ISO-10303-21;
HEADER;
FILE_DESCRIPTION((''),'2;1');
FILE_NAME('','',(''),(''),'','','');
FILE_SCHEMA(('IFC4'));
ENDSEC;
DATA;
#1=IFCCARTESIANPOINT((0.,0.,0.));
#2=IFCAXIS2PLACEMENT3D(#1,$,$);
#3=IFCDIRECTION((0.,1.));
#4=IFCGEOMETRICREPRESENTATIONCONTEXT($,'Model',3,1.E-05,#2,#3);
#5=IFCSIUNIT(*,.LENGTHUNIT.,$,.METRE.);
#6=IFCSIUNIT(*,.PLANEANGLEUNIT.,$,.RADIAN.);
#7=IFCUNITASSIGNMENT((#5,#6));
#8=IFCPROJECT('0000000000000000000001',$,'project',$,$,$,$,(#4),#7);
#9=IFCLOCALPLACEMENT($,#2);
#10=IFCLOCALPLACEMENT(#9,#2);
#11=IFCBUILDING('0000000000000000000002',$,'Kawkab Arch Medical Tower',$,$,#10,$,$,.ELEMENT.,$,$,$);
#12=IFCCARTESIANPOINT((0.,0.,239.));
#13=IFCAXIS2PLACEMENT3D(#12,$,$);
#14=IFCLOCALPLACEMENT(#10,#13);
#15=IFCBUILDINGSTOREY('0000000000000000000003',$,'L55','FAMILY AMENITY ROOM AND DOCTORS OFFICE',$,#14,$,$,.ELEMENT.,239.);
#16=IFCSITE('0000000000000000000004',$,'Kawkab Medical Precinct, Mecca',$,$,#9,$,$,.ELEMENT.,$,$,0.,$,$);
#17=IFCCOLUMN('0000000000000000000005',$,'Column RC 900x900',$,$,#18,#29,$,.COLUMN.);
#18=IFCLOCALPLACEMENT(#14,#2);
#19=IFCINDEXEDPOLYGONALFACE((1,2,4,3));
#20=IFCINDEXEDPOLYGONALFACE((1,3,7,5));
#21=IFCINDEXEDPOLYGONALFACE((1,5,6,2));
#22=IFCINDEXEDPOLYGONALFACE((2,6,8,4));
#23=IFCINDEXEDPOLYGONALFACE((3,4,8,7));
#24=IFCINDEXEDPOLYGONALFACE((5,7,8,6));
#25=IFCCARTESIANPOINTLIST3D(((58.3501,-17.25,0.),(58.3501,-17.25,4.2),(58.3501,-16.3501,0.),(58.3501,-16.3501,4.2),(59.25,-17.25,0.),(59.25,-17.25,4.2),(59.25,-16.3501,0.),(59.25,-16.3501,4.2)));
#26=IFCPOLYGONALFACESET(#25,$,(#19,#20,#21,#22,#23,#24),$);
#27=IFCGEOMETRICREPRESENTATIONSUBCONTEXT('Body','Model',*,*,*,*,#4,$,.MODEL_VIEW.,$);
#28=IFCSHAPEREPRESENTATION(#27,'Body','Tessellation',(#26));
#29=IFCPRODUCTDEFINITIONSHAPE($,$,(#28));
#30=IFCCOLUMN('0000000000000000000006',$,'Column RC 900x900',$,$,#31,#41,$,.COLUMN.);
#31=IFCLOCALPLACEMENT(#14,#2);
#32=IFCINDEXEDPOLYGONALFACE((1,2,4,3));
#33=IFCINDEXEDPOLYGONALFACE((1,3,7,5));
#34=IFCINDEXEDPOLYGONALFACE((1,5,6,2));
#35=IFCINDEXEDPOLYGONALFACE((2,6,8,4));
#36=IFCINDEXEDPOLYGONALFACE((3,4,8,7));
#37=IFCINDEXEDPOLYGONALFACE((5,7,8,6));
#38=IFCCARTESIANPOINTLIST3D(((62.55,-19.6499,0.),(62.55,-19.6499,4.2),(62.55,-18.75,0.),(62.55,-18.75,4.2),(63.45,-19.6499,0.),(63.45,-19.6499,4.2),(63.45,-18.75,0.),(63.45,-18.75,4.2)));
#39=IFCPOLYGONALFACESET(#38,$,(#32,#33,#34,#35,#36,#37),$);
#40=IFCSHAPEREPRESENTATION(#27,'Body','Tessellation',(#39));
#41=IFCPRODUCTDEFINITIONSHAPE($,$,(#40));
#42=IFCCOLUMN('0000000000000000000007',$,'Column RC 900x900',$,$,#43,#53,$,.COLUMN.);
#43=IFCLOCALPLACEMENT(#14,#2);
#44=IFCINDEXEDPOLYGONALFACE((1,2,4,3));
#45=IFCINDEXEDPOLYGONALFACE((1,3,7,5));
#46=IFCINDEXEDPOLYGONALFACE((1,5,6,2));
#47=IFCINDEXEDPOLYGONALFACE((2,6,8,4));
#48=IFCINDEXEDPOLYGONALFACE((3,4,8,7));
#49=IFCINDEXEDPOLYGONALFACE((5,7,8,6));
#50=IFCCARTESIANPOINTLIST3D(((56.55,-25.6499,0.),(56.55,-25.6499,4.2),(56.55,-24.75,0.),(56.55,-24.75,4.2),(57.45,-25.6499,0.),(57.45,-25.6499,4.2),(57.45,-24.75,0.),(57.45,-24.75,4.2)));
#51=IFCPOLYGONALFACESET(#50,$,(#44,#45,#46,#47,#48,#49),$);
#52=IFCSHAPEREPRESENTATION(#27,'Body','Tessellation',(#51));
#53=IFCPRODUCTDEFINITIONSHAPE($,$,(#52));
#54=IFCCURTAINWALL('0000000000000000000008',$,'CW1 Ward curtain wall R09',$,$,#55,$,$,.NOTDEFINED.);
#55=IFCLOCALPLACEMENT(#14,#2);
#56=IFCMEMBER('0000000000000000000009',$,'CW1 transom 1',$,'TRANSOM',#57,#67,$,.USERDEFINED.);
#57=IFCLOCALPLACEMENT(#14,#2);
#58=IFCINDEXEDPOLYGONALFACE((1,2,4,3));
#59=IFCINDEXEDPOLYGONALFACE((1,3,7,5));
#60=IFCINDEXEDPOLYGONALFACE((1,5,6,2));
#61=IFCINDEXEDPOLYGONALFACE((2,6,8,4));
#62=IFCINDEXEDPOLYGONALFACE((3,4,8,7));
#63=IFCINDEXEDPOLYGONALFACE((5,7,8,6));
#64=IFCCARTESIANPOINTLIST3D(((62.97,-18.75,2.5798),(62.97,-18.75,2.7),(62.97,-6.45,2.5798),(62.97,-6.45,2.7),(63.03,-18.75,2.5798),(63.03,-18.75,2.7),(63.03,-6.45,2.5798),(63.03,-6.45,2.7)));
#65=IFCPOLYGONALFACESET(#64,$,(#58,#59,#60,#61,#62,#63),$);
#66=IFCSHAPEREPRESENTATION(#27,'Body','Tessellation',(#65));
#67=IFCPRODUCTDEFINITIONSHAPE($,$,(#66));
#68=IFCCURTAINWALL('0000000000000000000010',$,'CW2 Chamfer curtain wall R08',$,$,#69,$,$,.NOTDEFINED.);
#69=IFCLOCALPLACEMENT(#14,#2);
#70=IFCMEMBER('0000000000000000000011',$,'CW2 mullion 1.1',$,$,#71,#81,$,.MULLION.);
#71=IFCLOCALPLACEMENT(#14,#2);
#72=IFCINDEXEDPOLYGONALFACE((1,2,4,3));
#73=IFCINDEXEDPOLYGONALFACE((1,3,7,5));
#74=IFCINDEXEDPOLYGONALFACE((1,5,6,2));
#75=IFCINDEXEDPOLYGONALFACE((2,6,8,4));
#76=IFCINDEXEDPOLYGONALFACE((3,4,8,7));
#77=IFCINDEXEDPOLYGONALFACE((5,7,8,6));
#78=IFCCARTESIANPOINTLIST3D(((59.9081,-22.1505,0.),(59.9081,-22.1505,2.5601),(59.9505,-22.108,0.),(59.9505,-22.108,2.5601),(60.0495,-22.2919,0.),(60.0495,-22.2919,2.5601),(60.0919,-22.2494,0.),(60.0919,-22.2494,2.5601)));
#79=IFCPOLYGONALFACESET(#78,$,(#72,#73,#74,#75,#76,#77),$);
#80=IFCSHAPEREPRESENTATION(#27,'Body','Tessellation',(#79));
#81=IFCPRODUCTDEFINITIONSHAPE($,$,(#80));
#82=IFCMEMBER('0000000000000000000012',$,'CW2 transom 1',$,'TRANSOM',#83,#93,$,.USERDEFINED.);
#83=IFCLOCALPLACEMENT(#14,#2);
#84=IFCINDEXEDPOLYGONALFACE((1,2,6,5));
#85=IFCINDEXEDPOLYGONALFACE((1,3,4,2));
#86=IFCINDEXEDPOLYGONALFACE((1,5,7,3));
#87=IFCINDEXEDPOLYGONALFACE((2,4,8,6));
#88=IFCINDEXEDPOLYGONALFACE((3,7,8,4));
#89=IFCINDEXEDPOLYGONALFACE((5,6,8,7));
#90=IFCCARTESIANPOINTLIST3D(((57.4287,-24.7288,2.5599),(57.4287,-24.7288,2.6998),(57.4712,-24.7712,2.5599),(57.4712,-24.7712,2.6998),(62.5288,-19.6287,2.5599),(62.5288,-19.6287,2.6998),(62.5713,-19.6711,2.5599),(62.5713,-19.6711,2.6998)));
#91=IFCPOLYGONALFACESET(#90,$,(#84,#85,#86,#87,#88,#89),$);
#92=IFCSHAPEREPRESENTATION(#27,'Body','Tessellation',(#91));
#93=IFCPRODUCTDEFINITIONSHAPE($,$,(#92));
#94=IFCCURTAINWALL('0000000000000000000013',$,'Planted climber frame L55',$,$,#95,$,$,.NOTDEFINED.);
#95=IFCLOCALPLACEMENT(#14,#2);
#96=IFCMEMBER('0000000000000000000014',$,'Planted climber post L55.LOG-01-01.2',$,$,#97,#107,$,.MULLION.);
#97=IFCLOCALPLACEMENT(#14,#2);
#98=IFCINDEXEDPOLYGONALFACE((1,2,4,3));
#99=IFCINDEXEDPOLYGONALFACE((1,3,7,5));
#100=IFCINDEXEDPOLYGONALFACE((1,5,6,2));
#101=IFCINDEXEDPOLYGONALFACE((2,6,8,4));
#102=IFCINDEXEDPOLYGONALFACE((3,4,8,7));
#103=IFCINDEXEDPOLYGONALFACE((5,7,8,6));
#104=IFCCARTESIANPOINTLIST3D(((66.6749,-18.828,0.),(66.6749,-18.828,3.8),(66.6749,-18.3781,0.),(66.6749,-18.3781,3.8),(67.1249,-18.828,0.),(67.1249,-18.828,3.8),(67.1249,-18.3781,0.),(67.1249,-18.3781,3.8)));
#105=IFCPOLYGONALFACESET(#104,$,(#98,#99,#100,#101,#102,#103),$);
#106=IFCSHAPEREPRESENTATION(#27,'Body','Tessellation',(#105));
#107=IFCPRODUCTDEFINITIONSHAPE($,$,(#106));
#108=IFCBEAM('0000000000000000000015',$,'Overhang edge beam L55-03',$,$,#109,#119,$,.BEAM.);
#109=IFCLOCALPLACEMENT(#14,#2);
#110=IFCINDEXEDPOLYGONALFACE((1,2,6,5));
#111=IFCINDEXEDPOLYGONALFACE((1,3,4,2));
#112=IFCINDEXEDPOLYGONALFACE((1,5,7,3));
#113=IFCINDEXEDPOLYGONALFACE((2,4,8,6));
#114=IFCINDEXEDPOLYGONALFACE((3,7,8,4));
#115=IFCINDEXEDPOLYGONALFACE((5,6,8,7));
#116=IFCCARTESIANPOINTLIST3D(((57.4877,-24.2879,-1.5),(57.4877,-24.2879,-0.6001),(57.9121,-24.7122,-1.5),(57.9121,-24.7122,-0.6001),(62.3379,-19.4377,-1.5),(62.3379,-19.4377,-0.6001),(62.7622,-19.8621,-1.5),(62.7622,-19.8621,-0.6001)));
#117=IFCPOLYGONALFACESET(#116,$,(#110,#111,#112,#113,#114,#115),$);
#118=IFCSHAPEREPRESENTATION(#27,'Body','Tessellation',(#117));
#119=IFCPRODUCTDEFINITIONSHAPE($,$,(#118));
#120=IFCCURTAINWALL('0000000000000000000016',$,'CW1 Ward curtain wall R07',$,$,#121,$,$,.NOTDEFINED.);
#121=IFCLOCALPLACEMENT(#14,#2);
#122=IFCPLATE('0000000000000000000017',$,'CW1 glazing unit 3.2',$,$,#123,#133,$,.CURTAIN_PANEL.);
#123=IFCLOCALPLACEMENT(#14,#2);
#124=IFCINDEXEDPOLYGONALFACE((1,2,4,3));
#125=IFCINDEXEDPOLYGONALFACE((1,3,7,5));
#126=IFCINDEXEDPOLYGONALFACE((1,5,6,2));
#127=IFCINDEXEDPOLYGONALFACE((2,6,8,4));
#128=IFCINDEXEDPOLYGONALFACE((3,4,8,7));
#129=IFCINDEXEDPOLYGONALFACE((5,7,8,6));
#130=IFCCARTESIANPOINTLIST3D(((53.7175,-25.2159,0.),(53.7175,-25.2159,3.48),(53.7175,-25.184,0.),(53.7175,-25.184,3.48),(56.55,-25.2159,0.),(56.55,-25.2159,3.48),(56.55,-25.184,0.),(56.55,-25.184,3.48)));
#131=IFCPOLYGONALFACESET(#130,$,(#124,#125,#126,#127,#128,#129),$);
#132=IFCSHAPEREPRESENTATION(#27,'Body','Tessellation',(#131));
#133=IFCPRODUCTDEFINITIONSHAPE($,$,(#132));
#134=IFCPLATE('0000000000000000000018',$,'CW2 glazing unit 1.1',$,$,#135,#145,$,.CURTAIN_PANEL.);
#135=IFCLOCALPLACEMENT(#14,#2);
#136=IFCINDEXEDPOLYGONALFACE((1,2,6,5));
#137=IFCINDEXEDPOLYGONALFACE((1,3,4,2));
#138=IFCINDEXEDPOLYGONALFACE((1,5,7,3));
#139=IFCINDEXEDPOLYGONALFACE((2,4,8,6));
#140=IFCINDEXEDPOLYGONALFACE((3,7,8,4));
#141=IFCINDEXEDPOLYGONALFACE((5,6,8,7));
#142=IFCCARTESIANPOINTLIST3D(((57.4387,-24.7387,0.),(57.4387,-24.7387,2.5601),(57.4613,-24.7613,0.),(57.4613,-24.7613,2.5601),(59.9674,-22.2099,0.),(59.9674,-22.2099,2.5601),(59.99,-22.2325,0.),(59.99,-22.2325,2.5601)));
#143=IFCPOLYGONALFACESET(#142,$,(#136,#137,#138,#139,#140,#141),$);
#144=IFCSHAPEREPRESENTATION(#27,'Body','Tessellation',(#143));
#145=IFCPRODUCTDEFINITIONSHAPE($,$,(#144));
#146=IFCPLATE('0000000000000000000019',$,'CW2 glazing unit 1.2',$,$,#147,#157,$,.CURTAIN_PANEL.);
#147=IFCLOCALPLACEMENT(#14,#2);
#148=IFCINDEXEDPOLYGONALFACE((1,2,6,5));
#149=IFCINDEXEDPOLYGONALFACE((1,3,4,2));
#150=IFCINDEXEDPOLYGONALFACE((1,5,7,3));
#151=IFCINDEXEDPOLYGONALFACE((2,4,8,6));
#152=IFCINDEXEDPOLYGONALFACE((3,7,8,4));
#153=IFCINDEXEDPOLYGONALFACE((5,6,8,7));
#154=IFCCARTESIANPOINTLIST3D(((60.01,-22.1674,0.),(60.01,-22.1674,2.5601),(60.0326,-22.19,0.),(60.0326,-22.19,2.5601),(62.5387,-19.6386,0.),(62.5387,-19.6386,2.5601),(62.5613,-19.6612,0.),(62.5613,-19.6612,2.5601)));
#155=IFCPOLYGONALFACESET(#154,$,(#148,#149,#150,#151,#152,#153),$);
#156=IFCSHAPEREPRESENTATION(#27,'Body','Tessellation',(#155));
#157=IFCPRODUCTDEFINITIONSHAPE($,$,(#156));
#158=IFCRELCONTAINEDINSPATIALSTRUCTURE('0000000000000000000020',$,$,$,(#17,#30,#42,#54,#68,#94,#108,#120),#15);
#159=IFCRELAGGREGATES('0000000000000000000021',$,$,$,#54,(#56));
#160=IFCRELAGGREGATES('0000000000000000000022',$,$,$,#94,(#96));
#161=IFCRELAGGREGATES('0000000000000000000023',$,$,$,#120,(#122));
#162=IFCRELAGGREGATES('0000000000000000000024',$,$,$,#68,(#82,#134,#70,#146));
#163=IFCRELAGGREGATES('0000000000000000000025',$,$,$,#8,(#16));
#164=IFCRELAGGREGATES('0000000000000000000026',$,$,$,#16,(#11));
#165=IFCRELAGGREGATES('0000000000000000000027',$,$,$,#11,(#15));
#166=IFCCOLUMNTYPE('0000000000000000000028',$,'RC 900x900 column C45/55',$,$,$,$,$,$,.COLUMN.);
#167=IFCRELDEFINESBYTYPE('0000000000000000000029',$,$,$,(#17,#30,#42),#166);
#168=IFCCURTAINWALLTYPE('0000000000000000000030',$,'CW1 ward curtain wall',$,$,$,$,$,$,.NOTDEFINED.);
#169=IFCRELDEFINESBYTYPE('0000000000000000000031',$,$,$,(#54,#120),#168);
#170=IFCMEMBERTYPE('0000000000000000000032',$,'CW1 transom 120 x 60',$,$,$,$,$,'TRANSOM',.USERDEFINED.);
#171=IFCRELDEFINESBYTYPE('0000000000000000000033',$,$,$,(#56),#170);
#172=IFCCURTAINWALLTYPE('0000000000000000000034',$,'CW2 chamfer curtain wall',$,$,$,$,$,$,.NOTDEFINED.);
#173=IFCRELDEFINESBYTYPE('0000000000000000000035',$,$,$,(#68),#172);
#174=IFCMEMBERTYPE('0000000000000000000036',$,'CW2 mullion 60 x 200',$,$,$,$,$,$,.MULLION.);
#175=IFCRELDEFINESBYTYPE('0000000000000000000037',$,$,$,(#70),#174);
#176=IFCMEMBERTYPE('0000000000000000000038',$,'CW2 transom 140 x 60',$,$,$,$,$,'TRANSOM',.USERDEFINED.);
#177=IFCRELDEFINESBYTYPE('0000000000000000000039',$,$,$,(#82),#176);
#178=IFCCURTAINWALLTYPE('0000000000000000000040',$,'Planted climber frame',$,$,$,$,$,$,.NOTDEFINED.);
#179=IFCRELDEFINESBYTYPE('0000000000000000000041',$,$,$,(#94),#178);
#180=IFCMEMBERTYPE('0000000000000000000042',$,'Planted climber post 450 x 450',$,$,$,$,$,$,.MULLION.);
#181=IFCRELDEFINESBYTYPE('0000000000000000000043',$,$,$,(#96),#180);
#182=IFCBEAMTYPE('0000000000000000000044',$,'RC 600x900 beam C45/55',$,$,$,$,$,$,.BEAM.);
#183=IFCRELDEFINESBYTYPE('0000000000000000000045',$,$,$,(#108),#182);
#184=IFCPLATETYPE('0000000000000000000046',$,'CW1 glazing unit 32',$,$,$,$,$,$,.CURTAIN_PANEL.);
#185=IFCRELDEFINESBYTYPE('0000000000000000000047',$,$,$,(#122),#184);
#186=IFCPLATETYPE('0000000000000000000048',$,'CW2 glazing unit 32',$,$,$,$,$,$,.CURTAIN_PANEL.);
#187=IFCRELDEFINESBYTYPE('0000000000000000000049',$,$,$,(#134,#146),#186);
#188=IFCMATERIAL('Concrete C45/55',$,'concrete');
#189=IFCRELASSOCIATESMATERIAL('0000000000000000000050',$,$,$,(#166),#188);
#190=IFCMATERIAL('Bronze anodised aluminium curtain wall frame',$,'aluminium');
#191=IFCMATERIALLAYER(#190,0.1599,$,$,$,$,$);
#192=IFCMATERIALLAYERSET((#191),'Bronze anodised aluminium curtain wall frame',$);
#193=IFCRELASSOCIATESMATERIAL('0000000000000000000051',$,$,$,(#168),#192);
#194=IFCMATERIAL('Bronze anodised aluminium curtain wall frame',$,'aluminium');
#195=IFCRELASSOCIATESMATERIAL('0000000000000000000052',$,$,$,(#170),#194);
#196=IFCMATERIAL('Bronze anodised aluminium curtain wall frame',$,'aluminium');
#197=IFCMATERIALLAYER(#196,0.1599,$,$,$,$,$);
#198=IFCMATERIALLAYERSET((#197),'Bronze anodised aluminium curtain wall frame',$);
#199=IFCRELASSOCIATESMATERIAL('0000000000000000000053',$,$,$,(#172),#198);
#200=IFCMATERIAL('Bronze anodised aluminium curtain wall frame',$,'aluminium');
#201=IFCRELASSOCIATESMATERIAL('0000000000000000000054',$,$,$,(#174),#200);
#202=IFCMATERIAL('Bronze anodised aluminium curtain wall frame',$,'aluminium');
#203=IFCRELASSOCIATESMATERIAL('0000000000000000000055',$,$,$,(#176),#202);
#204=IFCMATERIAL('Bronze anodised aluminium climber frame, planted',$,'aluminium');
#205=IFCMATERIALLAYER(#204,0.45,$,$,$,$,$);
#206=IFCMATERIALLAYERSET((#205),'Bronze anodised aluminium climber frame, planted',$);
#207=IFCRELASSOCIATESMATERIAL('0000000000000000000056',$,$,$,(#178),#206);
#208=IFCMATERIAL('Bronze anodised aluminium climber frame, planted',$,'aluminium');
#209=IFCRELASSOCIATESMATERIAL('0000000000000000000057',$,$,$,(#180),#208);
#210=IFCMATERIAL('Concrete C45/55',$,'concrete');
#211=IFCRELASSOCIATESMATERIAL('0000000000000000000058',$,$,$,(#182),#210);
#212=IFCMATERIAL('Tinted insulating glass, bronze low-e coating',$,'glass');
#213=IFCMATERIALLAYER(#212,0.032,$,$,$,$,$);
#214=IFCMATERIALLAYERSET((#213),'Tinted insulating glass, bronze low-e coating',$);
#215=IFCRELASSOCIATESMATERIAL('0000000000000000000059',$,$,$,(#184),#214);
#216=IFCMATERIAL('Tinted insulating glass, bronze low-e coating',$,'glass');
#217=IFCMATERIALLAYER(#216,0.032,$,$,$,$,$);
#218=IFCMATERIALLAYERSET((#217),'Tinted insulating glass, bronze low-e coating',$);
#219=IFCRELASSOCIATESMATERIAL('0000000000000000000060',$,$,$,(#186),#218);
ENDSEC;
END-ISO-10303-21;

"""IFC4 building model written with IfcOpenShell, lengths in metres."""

from ifc_helpers import new_model, si_unit, direction, frame, origin, origin_2d, place, context, subcontext, project, spatial, rectangle, extrude, material, layer, layer_set, material_profile, profile_set, type_object, element, aggregate, save


model = new_model("IFC4")

# Units and contexts
model_context = context("Model", 3, precision=1e-05, world=origin(), true_north=direction((0.0, 1.0)))
body_context = subcontext(model_context, "Body", "Model", "MODEL_VIEW")
ifc_project = project(units=[si_unit("LENGTHUNIT", "METRE"), si_unit("PLANEANGLEUNIT", "RADIAN")], contexts=[model_context])

# Site, building, storey
site_placement = place(None, origin())
site = spatial("IfcSite", under=ifc_project, at=site_placement, Name="Kawkab Medical Precinct, Mecca", CompositionType="ELEMENT", RefElevation=0.0)
building_placement = place(site_placement, origin())
building = spatial("IfcBuilding", under=site, at=building_placement, Name="Kawkab Arch Medical Tower", CompositionType="ELEMENT")
storey_placement = place(building_placement, frame((0.0, 0.0, 239.0)))
storey = spatial("IfcBuildingStorey", under=building, at=storey_placement, Name="L55", Description="FAMILY AMENITY ROOM AND DOCTORS OFFICE", CompositionType="ELEMENT", Elevation=239.0)

# Columns
ifc_material_1 = material(Name="Concrete C45/55", Category="concrete")
ifc_material_profile_1 = material_profile(ifc_material_1, rectangle(XDim=0.8999, YDim=0.8999, at=origin_2d()), Name="RC 900x900")
ifc_profile_set_1 = profile_set([ifc_material_profile_1], Name="Concrete C45/55")
column_type = type_object("IfcColumnType", Name="RC 900x900 column C45/55", PredefinedType="COLUMN", material=ifc_profile_set_1)
for number, where, z_axis, x_axis, name in (
    (1, (58.8, -16.8, 0.0), (0.0, 0.0, 1.0), (1.0, 0.0, 0.0), "Column RC 900x900"),
    (2, (63.0, -19.2, 0.0), (0.0, 0.0, 1.0), (1.0, 0.0, 0.0), "Column RC 900x900"),
    (3, (57.0, -25.2, 0.0), (0.0, 0.0, 1.0), (1.0, 0.0, 0.0), "Column RC 900x900"),
):
    element("IfcColumn", number, at=place(storey_placement, frame(where, z_axis=z_axis, x_axis=x_axis)), inside=storey, type_object=column_type, Name=name, PredefinedType="COLUMN", context=body_context, shape_type="SweptSolid", body=[
        extrude(rectangle(XDim=0.8999, YDim=0.8999, at=origin_2d()), origin(), (0.0, 0.0, 1.0), 4.2),
    ])

# Curtain wall, member
ifc_material_2 = material(Name="Bronze anodised aluminium curtain wall frame", Category="aluminium")
ifc_layer_1 = layer(ifc_material_2, 0.1599)
ifc_layer_set_1 = layer_set([ifc_layer_1], Name="Bronze anodised aluminium curtain wall frame")
curtain_wall_type_1 = type_object("IfcCurtainWallType", Name="CW1 ward curtain wall", PredefinedType="NOTDEFINED", material=ifc_layer_set_1)
placement = place(storey_placement, origin())
curtain_wall_1 = element("IfcCurtainWall", 4, at=placement, inside=storey, type_object=curtain_wall_type_1, Name="CW1 Ward curtain wall R09", PredefinedType="NOTDEFINED")
ifc_material_3 = material(Name="Bronze anodised aluminium curtain wall frame", Category="aluminium")
ifc_material_profile_2 = material_profile(ifc_material_3, rectangle(XDim=0.0601, YDim=0.1201, at=origin_2d()), Name="AL 60x120")
ifc_profile_set_2 = profile_set([ifc_material_profile_2], Name="Bronze anodised aluminium curtain wall frame")
member_type_1 = type_object("IfcMemberType", Name="CW1 transom 120 x 60", ElementType="TRANSOM", PredefinedType="USERDEFINED", material=ifc_profile_set_2)
member_1_placement = place(storey_placement, frame((63.0, -18.75, 2.6399), z_axis=(0.0, 1.0, 0.0), x_axis=(-1.0, 0.0, 0.0)))
member_1 = element("IfcMember", 5, at=member_1_placement, type_object=member_type_1, Name="CW1 transom 1", ObjectType="TRANSOM", PredefinedType="USERDEFINED", context=body_context, shape_type="SweptSolid", body=[
    extrude(rectangle(XDim=0.0601, YDim=0.1201, at=origin_2d()), origin(), (0.0, 0.0, 1.0), 12.3),
])
aggregate(curtain_wall_1, [member_1])

# Curtain wall, members
ifc_material_4 = material(Name="Bronze anodised aluminium curtain wall frame", Category="aluminium")
ifc_layer_2 = layer(ifc_material_4, 0.1599)
ifc_layer_set_2 = layer_set([ifc_layer_2], Name="Bronze anodised aluminium curtain wall frame")
curtain_wall_type_2 = type_object("IfcCurtainWallType", Name="CW2 chamfer curtain wall", PredefinedType="NOTDEFINED", material=ifc_layer_set_2)
curtain_wall_2 = element("IfcCurtainWall", 6, at=placement, inside=storey, type_object=curtain_wall_type_2, Name="CW2 Chamfer curtain wall R08", PredefinedType="NOTDEFINED")
ifc_material_5 = material(Name="Bronze anodised aluminium curtain wall frame", Category="aluminium")
ifc_material_profile_3 = material_profile(ifc_material_5, rectangle(XDim=0.2, YDim=0.0601, at=origin_2d()), Name="AL 60x200")
ifc_profile_set_3 = profile_set([ifc_material_profile_3], Name="Bronze anodised aluminium curtain wall frame")
member_type_2 = type_object("IfcMemberType", Name="CW2 mullion 60 x 200", PredefinedType="MULLION", material=ifc_profile_set_3)
member_2_placement = place(storey_placement, frame((60.0, -22.2, 0.0), z_axis=(0.0, 0.0, 1.0), x_axis=(-0.707107, 0.707107, 0.0)))
member_2 = element("IfcMember", 7, at=member_2_placement, type_object=member_type_2, Name="CW2 mullion 1.1", PredefinedType="MULLION", context=body_context, shape_type="SweptSolid", body=[
    extrude(rectangle(XDim=0.2, YDim=0.0601, at=origin_2d()), origin(), (0.0, 0.0, 1.0), 2.5601),
])
ifc_material_6 = material(Name="Bronze anodised aluminium curtain wall frame", Category="aluminium")
ifc_material_profile_4 = material_profile(ifc_material_6, rectangle(XDim=0.0601, YDim=0.1399, at=origin_2d()), Name="AL 60x140")
ifc_profile_set_4 = profile_set([ifc_material_profile_4], Name="Bronze anodised aluminium curtain wall frame")
member_type_3 = type_object("IfcMemberType", Name="CW2 transom 140 x 60", ElementType="TRANSOM", PredefinedType="USERDEFINED", material=ifc_profile_set_4)
member_3_placement = place(storey_placement, frame((57.45, -24.75, 2.6299), z_axis=(0.707107, 0.707107, 0.0), x_axis=(-0.707107, 0.707107, 0.0)))
member_3 = element("IfcMember", 8, at=member_3_placement, type_object=member_type_3, Name="CW2 transom 1", ObjectType="TRANSOM", PredefinedType="USERDEFINED", context=body_context, shape_type="SweptSolid", body=[
    extrude(rectangle(XDim=0.0601, YDim=0.1399, at=origin_2d()), origin(), (0.0, 0.0, 1.0), 7.2126),
])

# Curtain wall, member
ifc_material_7 = material(Name="Bronze anodised aluminium climber frame, planted", Category="aluminium")
ifc_layer_3 = layer(ifc_material_7, 0.45)
ifc_layer_set_3 = layer_set([ifc_layer_3], Name="Bronze anodised aluminium climber frame, planted")
curtain_wall_type_3 = type_object("IfcCurtainWallType", Name="Planted climber frame", PredefinedType="NOTDEFINED", material=ifc_layer_set_3)
curtain_wall_3 = element("IfcCurtainWall", 9, at=placement, inside=storey, type_object=curtain_wall_type_3, Name="Planted climber frame L55", PredefinedType="NOTDEFINED")
ifc_material_8 = material(Name="Bronze anodised aluminium climber frame, planted", Category="aluminium")
ifc_material_profile_5 = material_profile(ifc_material_8, rectangle(XDim=0.45, YDim=0.45, at=origin_2d()), Name="Post 450x450")
ifc_profile_set_5 = profile_set([ifc_material_profile_5], Name="Bronze anodised aluminium climber frame, planted")
member_type_4 = type_object("IfcMemberType", Name="Planted climber post 450 x 450", PredefinedType="MULLION", material=ifc_profile_set_5)
member_4_placement = place(storey_placement, frame((66.8999, -18.603, 0.0), z_axis=(0.0, 0.0, 1.0), x_axis=(1.0, 0.0, 0.0)))
member_4 = element("IfcMember", 10, at=member_4_placement, type_object=member_type_4, Name="Planted climber post L55.LOG-01-01.2", PredefinedType="MULLION", context=body_context, shape_type="SweptSolid", body=[
    extrude(rectangle(XDim=0.45, YDim=0.45, at=origin_2d()), origin(), (0.0, 0.0, 1.0), 3.8),
])
aggregate(curtain_wall_3, [member_4])

# Beam
ifc_material_9 = material(Name="Concrete C45/55", Category="concrete")
ifc_material_profile_6 = material_profile(ifc_material_9, rectangle(XDim=0.6001, YDim=0.8999, at=origin_2d()), Name="RC 600x900")
ifc_profile_set_6 = profile_set([ifc_material_profile_6], Name="Concrete C45/55")
beam_type = type_object("IfcBeamType", Name="RC 600x900 beam C45/55", PredefinedType="BEAM", material=ifc_profile_set_6)
beam_placement = place(storey_placement, frame((62.55, -19.6499, -1.05), z_axis=(-0.707107, -0.707107, 0.0), x_axis=(0.707107, -0.707107, 0.0)))
element("IfcBeam", 11, at=beam_placement, inside=storey, type_object=beam_type, Name="Overhang edge beam L55-03", PredefinedType="BEAM", context=body_context, shape_type="SweptSolid", body=[
    extrude(rectangle(XDim=0.6001, YDim=0.8999, at=origin_2d()), origin(), (0.0, 0.0, 1.0), 6.8591),
])

# Curtain wall, plate
curtain_wall_4 = element("IfcCurtainWall", 12, at=placement, inside=storey, type_object=curtain_wall_type_1, Name="CW1 Ward curtain wall R07", PredefinedType="NOTDEFINED")
ifc_material_10 = material(Name="Tinted insulating glass, bronze low-e coating", Category="glass")
ifc_layer_4 = layer(ifc_material_10, 0.032)
ifc_layer_set_4 = layer_set([ifc_layer_4], Name="Tinted insulating glass, bronze low-e coating")
plate_type_1 = type_object("IfcPlateType", Name="CW1 glazing unit 32", PredefinedType="CURTAIN_PANEL", material=ifc_layer_set_4)
plate_1_placement = place(storey_placement, frame((55.1338, -25.2, 0.0), z_axis=(0.0, 0.0, 1.0), x_axis=(1.0, 0.0, 0.0)))
plate_1 = element("IfcPlate", 13, at=plate_1_placement, type_object=plate_type_1, Name="CW1 glazing unit 3.2", PredefinedType="CURTAIN_PANEL", context=body_context, shape_type="SweptSolid", body=[
    extrude(rectangle(XDim=2.8325, YDim=0.032, at=origin_2d()), origin(), (0.0, 0.0, 1.0), 3.48),
])
aggregate(curtain_wall_4, [plate_1])

# Plates
ifc_material_11 = material(Name="Tinted insulating glass, bronze low-e coating", Category="glass")
ifc_layer_5 = layer(ifc_material_11, 0.032)
ifc_layer_set_5 = layer_set([ifc_layer_5], Name="Tinted insulating glass, bronze low-e coating")
plate_type_2 = type_object("IfcPlateType", Name="CW2 glazing unit 32", PredefinedType="CURTAIN_PANEL", material=ifc_layer_set_5)
plate_2_placement = place(storey_placement, frame((58.7144, -23.4856, 0.0), z_axis=(0.0, 0.0, 1.0), x_axis=(0.707107, 0.707107, 0.0)))
plate_2 = element("IfcPlate", 14, at=plate_2_placement, type_object=plate_type_2, Name="CW2 glazing unit 1.1", PredefinedType="CURTAIN_PANEL", context=body_context, shape_type="SweptSolid", body=[
    extrude(rectangle(XDim=3.5762, YDim=0.032, at=origin_2d()), origin(), (0.0, 0.0, 1.0), 2.5601),
])
plate_3_placement = place(storey_placement, frame((61.2856, -20.9143, 0.0), z_axis=(0.0, 0.0, 1.0), x_axis=(0.707107, 0.707107, 0.0)))
plate_3 = element("IfcPlate", 15, at=plate_3_placement, type_object=plate_type_2, Name="CW2 glazing unit 1.2", PredefinedType="CURTAIN_PANEL", context=body_context, shape_type="SweptSolid", body=[
    extrude(rectangle(XDim=3.5762, YDim=0.032, at=origin_2d()), origin(), (0.0, 0.0, 1.0), 2.5601),
])
aggregate(curtain_wall_2, [member_3, plate_2, member_2, plate_3])

save(model, "model.ifc")
